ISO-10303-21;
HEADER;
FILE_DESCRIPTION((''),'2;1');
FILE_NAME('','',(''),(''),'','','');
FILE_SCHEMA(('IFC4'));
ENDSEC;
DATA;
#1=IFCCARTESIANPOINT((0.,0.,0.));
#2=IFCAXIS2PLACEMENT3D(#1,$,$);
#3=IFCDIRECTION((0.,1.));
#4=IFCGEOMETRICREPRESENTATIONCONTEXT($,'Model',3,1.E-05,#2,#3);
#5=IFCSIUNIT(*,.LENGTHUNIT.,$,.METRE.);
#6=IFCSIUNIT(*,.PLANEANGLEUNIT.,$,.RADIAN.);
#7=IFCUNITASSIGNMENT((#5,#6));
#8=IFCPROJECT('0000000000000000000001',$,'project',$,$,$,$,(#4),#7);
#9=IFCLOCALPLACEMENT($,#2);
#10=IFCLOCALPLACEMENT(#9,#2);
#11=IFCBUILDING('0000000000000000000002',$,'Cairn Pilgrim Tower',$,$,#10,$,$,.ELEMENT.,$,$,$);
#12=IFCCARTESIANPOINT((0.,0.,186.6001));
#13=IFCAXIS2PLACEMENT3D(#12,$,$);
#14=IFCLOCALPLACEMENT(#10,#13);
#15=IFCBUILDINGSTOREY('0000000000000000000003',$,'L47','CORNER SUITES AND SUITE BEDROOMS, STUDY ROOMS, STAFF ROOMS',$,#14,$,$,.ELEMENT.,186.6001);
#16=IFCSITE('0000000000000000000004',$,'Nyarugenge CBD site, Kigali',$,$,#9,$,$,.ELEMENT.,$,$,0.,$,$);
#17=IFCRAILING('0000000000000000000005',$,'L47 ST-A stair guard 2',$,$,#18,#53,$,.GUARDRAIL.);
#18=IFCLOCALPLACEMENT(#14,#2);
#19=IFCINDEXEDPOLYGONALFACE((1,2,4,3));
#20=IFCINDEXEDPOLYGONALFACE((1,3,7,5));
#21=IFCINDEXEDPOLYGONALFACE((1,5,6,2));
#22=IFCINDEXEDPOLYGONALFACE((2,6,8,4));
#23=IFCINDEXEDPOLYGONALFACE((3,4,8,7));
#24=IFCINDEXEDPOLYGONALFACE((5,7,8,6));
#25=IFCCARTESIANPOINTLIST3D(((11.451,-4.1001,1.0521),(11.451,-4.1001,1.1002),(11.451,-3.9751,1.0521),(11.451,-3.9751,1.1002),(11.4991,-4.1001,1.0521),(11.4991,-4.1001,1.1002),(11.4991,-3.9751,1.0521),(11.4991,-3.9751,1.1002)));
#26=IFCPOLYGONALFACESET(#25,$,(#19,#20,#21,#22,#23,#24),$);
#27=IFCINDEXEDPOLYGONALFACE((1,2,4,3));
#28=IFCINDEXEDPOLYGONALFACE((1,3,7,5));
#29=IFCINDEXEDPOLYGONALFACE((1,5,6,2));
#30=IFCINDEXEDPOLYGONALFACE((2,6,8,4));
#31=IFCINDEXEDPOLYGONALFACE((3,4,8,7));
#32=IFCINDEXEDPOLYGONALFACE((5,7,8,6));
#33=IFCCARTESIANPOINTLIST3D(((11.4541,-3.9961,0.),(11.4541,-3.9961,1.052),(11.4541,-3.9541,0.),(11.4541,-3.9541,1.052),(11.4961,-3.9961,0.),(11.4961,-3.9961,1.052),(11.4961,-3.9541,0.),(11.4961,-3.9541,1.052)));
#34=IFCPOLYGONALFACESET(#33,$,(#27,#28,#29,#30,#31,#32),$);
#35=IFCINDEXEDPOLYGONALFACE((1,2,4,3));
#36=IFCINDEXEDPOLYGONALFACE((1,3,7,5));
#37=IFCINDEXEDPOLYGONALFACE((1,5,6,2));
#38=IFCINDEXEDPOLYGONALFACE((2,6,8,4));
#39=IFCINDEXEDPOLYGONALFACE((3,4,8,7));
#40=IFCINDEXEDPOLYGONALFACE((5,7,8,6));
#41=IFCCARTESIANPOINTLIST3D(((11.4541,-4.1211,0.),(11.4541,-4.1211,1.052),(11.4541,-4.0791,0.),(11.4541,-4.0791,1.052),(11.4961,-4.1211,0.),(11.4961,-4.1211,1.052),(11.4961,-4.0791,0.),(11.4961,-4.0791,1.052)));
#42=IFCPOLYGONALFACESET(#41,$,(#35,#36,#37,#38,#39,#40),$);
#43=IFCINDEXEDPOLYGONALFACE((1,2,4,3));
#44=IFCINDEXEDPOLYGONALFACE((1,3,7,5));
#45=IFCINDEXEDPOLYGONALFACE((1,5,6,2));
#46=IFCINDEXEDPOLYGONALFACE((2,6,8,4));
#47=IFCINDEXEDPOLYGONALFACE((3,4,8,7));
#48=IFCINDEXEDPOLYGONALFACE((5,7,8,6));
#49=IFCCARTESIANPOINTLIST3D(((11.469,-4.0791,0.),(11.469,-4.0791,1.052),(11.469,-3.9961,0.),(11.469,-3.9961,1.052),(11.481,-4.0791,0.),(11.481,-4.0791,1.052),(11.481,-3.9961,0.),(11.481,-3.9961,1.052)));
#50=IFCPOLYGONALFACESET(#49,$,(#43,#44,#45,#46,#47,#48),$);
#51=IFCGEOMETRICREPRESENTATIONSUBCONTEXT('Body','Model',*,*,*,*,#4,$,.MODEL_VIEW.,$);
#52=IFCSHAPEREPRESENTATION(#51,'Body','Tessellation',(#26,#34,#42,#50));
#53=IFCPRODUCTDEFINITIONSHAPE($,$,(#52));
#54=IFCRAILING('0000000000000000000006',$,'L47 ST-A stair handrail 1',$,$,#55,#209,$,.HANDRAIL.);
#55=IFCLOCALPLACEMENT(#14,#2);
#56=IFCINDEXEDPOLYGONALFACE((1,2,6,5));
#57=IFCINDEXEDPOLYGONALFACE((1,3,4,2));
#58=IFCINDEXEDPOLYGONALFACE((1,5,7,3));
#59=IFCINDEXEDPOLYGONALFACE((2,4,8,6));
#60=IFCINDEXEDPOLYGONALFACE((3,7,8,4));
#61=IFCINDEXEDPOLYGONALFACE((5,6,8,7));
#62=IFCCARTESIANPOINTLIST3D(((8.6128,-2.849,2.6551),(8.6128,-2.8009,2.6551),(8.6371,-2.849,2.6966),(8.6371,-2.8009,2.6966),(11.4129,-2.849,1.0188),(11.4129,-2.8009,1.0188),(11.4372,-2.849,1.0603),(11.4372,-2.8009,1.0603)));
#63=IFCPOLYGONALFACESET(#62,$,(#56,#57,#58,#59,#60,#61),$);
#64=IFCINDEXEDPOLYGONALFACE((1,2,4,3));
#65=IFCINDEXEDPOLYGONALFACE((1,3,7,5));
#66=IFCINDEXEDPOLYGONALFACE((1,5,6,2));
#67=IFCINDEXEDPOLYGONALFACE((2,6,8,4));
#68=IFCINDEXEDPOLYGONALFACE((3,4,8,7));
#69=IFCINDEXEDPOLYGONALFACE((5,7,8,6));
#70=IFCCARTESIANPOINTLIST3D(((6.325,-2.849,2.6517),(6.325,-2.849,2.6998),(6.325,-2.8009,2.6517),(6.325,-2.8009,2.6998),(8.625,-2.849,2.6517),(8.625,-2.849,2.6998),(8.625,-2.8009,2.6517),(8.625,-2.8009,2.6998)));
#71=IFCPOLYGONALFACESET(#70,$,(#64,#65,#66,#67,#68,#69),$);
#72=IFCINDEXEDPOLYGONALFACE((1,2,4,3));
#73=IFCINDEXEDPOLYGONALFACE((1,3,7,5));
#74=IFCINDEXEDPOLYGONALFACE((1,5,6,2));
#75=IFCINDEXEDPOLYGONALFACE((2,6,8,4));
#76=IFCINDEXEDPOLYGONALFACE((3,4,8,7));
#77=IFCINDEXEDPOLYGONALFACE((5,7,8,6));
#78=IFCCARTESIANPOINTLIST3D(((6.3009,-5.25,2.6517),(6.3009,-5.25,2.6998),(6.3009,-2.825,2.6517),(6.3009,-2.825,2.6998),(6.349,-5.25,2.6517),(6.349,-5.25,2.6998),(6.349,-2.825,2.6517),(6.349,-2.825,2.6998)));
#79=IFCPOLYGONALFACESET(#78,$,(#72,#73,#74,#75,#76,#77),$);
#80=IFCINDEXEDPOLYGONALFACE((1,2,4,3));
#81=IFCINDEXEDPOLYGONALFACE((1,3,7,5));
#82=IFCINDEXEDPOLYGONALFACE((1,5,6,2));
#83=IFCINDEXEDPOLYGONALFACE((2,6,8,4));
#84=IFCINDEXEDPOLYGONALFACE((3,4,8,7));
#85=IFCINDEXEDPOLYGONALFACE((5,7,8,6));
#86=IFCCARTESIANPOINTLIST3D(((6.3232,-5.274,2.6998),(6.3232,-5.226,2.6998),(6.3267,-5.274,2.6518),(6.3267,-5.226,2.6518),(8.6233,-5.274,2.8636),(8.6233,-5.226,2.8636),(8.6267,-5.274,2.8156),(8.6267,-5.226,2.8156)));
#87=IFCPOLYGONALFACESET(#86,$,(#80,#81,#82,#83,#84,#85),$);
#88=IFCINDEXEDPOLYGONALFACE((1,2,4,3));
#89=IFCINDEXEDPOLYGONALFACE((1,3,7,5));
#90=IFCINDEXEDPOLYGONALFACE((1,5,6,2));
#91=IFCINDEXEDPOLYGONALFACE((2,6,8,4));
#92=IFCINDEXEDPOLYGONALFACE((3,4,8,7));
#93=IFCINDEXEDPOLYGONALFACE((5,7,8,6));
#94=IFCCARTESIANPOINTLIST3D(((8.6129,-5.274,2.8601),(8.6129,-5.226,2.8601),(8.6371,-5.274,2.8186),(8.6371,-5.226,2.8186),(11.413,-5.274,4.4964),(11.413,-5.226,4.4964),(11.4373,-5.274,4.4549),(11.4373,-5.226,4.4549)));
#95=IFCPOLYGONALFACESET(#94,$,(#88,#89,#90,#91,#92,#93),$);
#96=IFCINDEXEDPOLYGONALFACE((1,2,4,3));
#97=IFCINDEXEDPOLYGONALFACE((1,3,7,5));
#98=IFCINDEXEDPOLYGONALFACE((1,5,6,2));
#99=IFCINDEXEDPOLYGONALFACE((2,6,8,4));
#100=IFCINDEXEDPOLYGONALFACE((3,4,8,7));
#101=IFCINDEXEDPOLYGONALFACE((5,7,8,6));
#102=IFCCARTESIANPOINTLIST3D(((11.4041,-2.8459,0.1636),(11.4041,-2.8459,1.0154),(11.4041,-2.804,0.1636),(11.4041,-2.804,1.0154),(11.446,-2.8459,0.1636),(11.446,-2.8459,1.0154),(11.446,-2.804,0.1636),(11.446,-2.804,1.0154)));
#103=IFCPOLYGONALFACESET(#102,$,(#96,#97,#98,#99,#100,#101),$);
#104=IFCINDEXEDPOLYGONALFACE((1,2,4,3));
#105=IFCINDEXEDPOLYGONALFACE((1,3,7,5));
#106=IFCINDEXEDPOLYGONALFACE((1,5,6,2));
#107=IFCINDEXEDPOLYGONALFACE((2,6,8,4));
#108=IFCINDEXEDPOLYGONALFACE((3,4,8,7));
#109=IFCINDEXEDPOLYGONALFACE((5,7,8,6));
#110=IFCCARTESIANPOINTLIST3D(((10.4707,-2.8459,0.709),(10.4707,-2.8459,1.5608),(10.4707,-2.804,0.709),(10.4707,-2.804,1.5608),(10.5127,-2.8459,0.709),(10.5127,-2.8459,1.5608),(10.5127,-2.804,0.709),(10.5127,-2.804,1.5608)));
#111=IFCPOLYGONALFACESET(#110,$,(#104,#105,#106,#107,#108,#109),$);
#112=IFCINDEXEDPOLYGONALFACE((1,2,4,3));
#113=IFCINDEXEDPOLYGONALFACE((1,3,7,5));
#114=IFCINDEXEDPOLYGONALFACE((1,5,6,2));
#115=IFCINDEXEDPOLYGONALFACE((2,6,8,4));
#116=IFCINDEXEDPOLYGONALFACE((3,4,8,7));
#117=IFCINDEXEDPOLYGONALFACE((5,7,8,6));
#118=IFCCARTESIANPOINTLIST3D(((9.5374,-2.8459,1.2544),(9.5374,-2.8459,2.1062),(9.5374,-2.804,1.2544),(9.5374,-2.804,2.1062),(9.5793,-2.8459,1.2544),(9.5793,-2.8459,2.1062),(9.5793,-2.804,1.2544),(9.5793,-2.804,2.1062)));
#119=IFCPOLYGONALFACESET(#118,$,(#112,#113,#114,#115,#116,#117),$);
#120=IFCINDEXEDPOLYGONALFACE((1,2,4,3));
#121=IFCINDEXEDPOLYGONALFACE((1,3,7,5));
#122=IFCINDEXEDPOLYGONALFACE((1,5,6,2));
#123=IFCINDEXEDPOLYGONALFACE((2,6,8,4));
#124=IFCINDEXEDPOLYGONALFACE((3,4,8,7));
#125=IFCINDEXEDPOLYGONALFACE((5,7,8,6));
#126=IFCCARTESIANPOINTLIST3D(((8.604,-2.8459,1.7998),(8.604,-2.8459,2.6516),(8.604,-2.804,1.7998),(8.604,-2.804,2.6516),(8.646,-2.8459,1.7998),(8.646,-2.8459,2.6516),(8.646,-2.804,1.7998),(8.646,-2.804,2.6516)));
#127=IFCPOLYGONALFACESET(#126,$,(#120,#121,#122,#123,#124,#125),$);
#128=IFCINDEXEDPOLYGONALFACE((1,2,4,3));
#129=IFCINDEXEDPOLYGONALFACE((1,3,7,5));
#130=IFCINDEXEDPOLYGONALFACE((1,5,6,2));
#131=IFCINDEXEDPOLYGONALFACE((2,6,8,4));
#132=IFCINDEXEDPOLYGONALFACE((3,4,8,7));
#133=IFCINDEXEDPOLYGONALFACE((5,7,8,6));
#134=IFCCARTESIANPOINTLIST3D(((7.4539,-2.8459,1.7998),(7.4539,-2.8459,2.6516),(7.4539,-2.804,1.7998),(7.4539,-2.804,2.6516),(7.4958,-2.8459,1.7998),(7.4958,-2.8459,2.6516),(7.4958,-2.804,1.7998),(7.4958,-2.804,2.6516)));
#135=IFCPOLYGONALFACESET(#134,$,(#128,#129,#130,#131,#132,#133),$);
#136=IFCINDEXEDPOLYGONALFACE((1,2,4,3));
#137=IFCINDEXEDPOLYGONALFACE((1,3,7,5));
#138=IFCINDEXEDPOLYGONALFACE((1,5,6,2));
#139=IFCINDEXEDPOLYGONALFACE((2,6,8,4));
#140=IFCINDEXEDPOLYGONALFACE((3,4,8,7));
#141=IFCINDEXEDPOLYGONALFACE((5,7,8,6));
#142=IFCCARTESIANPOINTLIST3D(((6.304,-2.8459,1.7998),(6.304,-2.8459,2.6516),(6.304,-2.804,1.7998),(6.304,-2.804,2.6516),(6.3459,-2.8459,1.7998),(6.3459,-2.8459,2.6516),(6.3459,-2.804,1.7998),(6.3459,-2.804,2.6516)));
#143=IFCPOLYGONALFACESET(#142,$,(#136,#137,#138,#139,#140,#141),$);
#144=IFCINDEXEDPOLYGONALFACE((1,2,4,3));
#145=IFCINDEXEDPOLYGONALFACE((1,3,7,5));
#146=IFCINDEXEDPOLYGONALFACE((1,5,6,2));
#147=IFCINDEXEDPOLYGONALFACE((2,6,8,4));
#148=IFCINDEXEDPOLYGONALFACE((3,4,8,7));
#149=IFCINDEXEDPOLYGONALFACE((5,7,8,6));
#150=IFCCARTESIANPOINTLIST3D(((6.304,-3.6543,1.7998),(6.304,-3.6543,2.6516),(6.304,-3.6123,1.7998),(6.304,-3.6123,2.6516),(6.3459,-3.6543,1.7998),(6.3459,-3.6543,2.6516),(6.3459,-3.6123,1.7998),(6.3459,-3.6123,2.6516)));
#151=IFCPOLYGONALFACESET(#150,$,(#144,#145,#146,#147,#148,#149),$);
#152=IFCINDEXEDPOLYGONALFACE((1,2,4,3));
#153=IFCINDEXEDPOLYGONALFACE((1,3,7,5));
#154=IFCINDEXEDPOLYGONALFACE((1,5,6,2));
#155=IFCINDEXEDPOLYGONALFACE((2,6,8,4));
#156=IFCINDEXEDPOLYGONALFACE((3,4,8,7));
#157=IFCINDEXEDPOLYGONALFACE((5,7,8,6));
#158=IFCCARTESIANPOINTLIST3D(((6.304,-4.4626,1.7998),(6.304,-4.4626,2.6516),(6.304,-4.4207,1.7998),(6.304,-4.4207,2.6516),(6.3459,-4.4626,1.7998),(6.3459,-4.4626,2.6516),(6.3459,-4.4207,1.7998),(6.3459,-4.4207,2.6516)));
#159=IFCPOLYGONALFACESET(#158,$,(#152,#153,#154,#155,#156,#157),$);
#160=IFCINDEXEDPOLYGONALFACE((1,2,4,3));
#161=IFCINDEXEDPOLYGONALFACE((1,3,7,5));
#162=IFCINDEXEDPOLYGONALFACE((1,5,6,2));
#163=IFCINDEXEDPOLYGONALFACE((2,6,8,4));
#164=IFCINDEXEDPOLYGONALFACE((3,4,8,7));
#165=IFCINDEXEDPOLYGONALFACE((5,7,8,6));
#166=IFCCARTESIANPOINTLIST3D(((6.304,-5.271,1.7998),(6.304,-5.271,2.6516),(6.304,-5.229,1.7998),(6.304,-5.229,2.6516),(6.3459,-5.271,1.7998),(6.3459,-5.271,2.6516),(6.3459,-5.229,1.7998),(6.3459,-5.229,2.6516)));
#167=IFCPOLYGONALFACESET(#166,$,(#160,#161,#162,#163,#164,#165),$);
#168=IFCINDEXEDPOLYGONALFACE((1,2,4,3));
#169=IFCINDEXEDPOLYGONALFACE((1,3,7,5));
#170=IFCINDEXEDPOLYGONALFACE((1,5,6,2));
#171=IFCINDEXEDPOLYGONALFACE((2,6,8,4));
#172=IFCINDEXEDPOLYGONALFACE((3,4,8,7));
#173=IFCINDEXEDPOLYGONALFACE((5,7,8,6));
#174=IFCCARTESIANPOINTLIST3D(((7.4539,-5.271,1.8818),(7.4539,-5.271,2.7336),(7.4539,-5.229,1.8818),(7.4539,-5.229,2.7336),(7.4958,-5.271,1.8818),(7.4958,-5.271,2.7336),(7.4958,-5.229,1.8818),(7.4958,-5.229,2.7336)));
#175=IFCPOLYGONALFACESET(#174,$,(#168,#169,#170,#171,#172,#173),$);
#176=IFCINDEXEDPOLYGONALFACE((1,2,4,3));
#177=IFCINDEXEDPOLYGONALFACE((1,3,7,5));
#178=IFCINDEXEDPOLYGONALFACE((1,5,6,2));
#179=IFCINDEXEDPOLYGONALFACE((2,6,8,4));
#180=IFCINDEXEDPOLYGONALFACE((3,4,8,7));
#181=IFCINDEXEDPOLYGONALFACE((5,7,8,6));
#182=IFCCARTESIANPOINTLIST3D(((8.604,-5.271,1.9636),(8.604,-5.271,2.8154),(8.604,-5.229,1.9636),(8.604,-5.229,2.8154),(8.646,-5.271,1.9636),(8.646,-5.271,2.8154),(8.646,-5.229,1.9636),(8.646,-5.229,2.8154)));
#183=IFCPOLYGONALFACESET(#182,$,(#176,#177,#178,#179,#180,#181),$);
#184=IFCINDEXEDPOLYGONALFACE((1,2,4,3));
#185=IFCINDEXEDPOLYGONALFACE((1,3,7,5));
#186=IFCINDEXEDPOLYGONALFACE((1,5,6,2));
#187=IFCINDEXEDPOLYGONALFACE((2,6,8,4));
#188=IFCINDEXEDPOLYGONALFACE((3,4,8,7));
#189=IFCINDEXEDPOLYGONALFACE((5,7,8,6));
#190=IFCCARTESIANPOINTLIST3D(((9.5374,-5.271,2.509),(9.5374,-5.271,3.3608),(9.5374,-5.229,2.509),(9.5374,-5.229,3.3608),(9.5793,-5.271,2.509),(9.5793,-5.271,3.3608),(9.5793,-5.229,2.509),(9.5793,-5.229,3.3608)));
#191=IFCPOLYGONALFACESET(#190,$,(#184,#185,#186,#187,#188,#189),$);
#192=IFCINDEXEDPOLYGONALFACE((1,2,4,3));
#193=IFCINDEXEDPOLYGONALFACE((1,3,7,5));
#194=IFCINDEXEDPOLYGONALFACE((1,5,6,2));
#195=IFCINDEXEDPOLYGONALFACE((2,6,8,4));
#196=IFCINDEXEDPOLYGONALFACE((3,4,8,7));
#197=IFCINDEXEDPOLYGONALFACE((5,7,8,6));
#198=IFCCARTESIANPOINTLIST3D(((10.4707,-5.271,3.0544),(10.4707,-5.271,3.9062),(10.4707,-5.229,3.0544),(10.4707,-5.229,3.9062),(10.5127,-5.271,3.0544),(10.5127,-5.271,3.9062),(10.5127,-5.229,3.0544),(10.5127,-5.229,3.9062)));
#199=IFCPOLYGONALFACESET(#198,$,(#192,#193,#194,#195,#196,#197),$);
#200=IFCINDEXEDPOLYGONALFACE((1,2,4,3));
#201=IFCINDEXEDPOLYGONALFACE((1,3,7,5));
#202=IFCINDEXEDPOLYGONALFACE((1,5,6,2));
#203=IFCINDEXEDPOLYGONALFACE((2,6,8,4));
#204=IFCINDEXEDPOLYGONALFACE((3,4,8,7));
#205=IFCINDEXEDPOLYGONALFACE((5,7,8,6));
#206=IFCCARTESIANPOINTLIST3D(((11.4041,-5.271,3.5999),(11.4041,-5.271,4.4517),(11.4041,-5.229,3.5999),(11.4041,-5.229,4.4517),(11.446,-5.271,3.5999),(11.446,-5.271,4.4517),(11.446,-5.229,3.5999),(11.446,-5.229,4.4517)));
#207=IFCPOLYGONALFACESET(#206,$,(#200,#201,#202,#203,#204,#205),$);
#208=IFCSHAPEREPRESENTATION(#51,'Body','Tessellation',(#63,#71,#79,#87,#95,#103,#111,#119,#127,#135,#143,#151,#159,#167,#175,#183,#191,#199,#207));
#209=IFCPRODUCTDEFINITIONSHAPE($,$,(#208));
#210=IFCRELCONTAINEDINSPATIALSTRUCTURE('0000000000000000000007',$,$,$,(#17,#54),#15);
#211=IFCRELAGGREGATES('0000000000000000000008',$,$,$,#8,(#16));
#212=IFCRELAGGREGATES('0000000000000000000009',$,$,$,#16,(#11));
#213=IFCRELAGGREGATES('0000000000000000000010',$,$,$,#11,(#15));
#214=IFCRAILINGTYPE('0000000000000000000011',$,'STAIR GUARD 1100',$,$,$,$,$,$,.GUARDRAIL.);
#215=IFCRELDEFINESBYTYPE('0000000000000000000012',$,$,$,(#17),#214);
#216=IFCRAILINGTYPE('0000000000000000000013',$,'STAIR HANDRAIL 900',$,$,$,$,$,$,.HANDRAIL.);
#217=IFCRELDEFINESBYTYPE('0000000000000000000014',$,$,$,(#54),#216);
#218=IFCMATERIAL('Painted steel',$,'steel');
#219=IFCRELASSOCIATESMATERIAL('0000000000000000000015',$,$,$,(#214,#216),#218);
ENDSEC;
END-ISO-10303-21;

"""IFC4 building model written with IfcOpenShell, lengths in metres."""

from ifc_helpers import new_model, si_unit, direction, frame, origin, origin_2d, place, context, subcontext, project, spatial, polyline, rectangle, outline, extrude, material, type_object, element, save


model = new_model("IFC4")

# Units and contexts
model_context = context("Model", 3, precision=1e-05, world=origin(), true_north=direction((0.0, 1.0)))
body_context = subcontext(model_context, "Body", "Model", "MODEL_VIEW")
ifc_project = project(units=[si_unit("LENGTHUNIT", "METRE"), si_unit("PLANEANGLEUNIT", "RADIAN")], contexts=[model_context])

# Site, building, storey
site_placement = place(None, origin())
site = spatial("IfcSite", under=ifc_project, at=site_placement, Name="Nyarugenge CBD site, Kigali", CompositionType="ELEMENT", RefElevation=0.0)
building_placement = place(site_placement, origin())
building = spatial("IfcBuilding", under=site, at=building_placement, Name="Cairn Pilgrim Tower", CompositionType="ELEMENT")
storey_placement = place(building_placement, frame((0.0, 0.0, 186.6001)))
storey = spatial("IfcBuildingStorey", under=building, at=storey_placement, Name="L47", Description="CORNER SUITES AND SUITE BEDROOMS, STUDY ROOMS, STAFF ROOMS", CompositionType="ELEMENT", Elevation=186.6001)

# Shared definitions
ifc_material_1 = material(Name="Painted steel", Category="steel")

# Railings
railing_type_1 = type_object("IfcRailingType", Name="STAIR GUARD 1100", PredefinedType="GUARDRAIL", material=ifc_material_1)
railing_1_placement = place(storey_placement, frame((11.4751, -3.9751, 0.0)))
element("IfcRailing", 1, at=railing_1_placement, inside=storey, type_object=railing_type_1, Name="L47 ST-A stair guard 2", PredefinedType="GUARDRAIL", context=body_context, shape_type="SweptSolid", body=[
    extrude(rectangle(XDim=0.0481, YDim=0.0481, at=origin_2d()), frame((0.0, 0.0, 1.0762), z_axis=(0.0, -1.0, 0.0), x_axis=(1.0, 0.0, 0.0)), (0.0, 0.0, 1.0), 0.125),
    extrude(rectangle(XDim=0.042, YDim=0.042, at=origin_2d()), origin(), (0.0, 0.0, 1.0), 1.052),
    extrude(rectangle(XDim=0.042, YDim=0.042, at=origin_2d()), frame((0.0, -0.125, 0.0)), (0.0, 0.0, 1.0), 1.052),
    extrude(outline(polyline([(0.021, 0.0), (0.104, 0.0), (0.104, 1.052), (0.021, 1.052), (0.021, 0.0)])), frame((0.0059, 0.0, 0.0), z_axis=(-1.0, 0.0, 0.0), x_axis=(0.0, -1.0, 0.0)), (0.0, 0.0, 1.0), 0.012),
])
railing_type_2 = type_object("IfcRailingType", Name="STAIR HANDRAIL 900", PredefinedType="HANDRAIL", material=ifc_material_1)
railing_2_placement = place(storey_placement, frame((11.425, -2.825, 0.1636)))
element("IfcRailing", 2, at=railing_2_placement, inside=storey, type_object=railing_type_2, Name="L47 ST-A stair handrail 1", PredefinedType="HANDRAIL", context=body_context, shape_type="SweptSolid", body=[
    extrude(rectangle(XDim=0.0481, YDim=0.0481, at=origin_2d()), frame((0.0, 0.0, 0.876), z_axis=(-0.863394, 0.0, 0.504531), x_axis=(0.0, -1.0, 0.0)), (0.0, 0.0, 1.0), 3.2432),
    extrude(rectangle(XDim=0.0481, YDim=0.0481, at=origin_2d()), frame((-2.8, 0.0, 2.5122), z_axis=(-1.0, 0.0, 0.0), x_axis=(0.0, -1.0, 0.0)), (0.0, 0.0, 1.0), 2.3),
    extrude(rectangle(XDim=0.0481, YDim=0.0481, at=origin_2d()), frame((-5.1001, 0.0, 2.5122), z_axis=(0.0, -1.0, 0.0), x_axis=(1.0, 0.0, 0.0)), (0.0, 0.0, 1.0), 2.425),
    extrude(rectangle(XDim=0.0481, YDim=0.0481, at=origin_2d()), frame((-5.1001, -2.425, 2.5122), z_axis=(0.997473, 0.0, 0.071044), x_axis=(0.0, 1.0, 0.0)), (0.0, 0.0, 1.0), 2.3059),
    extrude(rectangle(XDim=0.0481, YDim=0.0481, at=origin_2d()), frame((-2.8, -2.425, 2.6758), z_axis=(0.863394, 0.0, 0.504531), x_axis=(0.0, 1.0, 0.0)), (0.0, 0.0, 1.0), 3.2432),
    extrude(rectangle(XDim=0.042, YDim=0.042, at=origin_2d()), origin(), (0.0, 0.0, 1.0), 0.8518),
    extrude(rectangle(XDim=0.042, YDim=0.042, at=origin_2d()), frame((-0.9333, 0.0, 0.5454)), (0.0, 0.0, 1.0), 0.8518),
    extrude(rectangle(XDim=0.042, YDim=0.042, at=origin_2d()), frame((-1.8667, 0.0, 1.0908)), (0.0, 0.0, 1.0), 0.8518),
    extrude(rectangle(XDim=0.042, YDim=0.042, at=origin_2d()), frame((-2.8, 0.0, 1.6362)), (0.0, 0.0, 1.0), 0.8518),
    extrude(rectangle(XDim=0.042, YDim=0.042, at=origin_2d()), frame((-3.9502, 0.0, 1.6362)), (0.0, 0.0, 1.0), 0.8518),
    extrude(rectangle(XDim=0.042, YDim=0.042, at=origin_2d()), frame((-5.1001, 0.0, 1.6362)), (0.0, 0.0, 1.0), 0.8518),
    extrude(rectangle(XDim=0.042, YDim=0.042, at=origin_2d()), frame((-5.1001, -0.8083, 1.6362)), (0.0, 0.0, 1.0), 0.8518),
    extrude(rectangle(XDim=0.042, YDim=0.042, at=origin_2d()), frame((-5.1001, -1.6167, 1.6362)), (0.0, 0.0, 1.0), 0.8518),
    extrude(rectangle(XDim=0.042, YDim=0.042, at=origin_2d()), frame((-5.1001, -2.425, 1.6362)), (0.0, 0.0, 1.0), 0.8518),
    extrude(rectangle(XDim=0.042, YDim=0.042, at=origin_2d()), frame((-3.9502, -2.425, 1.7183)), (0.0, 0.0, 1.0), 0.8518),
    extrude(rectangle(XDim=0.042, YDim=0.042, at=origin_2d()), frame((-2.8, -2.425, 1.8)), (0.0, 0.0, 1.0), 0.8518),
    extrude(rectangle(XDim=0.042, YDim=0.042, at=origin_2d()), frame((-1.8667, -2.425, 2.3455)), (0.0, 0.0, 1.0), 0.8518),
    extrude(rectangle(XDim=0.042, YDim=0.042, at=origin_2d()), frame((-0.9333, -2.425, 2.8909)), (0.0, 0.0, 1.0), 0.8518),
    extrude(rectangle(XDim=0.042, YDim=0.042, at=origin_2d()), frame((0.0, -2.425, 3.4363)), (0.0, 0.0, 1.0), 0.8518),
])

save(model, "model.ifc")
